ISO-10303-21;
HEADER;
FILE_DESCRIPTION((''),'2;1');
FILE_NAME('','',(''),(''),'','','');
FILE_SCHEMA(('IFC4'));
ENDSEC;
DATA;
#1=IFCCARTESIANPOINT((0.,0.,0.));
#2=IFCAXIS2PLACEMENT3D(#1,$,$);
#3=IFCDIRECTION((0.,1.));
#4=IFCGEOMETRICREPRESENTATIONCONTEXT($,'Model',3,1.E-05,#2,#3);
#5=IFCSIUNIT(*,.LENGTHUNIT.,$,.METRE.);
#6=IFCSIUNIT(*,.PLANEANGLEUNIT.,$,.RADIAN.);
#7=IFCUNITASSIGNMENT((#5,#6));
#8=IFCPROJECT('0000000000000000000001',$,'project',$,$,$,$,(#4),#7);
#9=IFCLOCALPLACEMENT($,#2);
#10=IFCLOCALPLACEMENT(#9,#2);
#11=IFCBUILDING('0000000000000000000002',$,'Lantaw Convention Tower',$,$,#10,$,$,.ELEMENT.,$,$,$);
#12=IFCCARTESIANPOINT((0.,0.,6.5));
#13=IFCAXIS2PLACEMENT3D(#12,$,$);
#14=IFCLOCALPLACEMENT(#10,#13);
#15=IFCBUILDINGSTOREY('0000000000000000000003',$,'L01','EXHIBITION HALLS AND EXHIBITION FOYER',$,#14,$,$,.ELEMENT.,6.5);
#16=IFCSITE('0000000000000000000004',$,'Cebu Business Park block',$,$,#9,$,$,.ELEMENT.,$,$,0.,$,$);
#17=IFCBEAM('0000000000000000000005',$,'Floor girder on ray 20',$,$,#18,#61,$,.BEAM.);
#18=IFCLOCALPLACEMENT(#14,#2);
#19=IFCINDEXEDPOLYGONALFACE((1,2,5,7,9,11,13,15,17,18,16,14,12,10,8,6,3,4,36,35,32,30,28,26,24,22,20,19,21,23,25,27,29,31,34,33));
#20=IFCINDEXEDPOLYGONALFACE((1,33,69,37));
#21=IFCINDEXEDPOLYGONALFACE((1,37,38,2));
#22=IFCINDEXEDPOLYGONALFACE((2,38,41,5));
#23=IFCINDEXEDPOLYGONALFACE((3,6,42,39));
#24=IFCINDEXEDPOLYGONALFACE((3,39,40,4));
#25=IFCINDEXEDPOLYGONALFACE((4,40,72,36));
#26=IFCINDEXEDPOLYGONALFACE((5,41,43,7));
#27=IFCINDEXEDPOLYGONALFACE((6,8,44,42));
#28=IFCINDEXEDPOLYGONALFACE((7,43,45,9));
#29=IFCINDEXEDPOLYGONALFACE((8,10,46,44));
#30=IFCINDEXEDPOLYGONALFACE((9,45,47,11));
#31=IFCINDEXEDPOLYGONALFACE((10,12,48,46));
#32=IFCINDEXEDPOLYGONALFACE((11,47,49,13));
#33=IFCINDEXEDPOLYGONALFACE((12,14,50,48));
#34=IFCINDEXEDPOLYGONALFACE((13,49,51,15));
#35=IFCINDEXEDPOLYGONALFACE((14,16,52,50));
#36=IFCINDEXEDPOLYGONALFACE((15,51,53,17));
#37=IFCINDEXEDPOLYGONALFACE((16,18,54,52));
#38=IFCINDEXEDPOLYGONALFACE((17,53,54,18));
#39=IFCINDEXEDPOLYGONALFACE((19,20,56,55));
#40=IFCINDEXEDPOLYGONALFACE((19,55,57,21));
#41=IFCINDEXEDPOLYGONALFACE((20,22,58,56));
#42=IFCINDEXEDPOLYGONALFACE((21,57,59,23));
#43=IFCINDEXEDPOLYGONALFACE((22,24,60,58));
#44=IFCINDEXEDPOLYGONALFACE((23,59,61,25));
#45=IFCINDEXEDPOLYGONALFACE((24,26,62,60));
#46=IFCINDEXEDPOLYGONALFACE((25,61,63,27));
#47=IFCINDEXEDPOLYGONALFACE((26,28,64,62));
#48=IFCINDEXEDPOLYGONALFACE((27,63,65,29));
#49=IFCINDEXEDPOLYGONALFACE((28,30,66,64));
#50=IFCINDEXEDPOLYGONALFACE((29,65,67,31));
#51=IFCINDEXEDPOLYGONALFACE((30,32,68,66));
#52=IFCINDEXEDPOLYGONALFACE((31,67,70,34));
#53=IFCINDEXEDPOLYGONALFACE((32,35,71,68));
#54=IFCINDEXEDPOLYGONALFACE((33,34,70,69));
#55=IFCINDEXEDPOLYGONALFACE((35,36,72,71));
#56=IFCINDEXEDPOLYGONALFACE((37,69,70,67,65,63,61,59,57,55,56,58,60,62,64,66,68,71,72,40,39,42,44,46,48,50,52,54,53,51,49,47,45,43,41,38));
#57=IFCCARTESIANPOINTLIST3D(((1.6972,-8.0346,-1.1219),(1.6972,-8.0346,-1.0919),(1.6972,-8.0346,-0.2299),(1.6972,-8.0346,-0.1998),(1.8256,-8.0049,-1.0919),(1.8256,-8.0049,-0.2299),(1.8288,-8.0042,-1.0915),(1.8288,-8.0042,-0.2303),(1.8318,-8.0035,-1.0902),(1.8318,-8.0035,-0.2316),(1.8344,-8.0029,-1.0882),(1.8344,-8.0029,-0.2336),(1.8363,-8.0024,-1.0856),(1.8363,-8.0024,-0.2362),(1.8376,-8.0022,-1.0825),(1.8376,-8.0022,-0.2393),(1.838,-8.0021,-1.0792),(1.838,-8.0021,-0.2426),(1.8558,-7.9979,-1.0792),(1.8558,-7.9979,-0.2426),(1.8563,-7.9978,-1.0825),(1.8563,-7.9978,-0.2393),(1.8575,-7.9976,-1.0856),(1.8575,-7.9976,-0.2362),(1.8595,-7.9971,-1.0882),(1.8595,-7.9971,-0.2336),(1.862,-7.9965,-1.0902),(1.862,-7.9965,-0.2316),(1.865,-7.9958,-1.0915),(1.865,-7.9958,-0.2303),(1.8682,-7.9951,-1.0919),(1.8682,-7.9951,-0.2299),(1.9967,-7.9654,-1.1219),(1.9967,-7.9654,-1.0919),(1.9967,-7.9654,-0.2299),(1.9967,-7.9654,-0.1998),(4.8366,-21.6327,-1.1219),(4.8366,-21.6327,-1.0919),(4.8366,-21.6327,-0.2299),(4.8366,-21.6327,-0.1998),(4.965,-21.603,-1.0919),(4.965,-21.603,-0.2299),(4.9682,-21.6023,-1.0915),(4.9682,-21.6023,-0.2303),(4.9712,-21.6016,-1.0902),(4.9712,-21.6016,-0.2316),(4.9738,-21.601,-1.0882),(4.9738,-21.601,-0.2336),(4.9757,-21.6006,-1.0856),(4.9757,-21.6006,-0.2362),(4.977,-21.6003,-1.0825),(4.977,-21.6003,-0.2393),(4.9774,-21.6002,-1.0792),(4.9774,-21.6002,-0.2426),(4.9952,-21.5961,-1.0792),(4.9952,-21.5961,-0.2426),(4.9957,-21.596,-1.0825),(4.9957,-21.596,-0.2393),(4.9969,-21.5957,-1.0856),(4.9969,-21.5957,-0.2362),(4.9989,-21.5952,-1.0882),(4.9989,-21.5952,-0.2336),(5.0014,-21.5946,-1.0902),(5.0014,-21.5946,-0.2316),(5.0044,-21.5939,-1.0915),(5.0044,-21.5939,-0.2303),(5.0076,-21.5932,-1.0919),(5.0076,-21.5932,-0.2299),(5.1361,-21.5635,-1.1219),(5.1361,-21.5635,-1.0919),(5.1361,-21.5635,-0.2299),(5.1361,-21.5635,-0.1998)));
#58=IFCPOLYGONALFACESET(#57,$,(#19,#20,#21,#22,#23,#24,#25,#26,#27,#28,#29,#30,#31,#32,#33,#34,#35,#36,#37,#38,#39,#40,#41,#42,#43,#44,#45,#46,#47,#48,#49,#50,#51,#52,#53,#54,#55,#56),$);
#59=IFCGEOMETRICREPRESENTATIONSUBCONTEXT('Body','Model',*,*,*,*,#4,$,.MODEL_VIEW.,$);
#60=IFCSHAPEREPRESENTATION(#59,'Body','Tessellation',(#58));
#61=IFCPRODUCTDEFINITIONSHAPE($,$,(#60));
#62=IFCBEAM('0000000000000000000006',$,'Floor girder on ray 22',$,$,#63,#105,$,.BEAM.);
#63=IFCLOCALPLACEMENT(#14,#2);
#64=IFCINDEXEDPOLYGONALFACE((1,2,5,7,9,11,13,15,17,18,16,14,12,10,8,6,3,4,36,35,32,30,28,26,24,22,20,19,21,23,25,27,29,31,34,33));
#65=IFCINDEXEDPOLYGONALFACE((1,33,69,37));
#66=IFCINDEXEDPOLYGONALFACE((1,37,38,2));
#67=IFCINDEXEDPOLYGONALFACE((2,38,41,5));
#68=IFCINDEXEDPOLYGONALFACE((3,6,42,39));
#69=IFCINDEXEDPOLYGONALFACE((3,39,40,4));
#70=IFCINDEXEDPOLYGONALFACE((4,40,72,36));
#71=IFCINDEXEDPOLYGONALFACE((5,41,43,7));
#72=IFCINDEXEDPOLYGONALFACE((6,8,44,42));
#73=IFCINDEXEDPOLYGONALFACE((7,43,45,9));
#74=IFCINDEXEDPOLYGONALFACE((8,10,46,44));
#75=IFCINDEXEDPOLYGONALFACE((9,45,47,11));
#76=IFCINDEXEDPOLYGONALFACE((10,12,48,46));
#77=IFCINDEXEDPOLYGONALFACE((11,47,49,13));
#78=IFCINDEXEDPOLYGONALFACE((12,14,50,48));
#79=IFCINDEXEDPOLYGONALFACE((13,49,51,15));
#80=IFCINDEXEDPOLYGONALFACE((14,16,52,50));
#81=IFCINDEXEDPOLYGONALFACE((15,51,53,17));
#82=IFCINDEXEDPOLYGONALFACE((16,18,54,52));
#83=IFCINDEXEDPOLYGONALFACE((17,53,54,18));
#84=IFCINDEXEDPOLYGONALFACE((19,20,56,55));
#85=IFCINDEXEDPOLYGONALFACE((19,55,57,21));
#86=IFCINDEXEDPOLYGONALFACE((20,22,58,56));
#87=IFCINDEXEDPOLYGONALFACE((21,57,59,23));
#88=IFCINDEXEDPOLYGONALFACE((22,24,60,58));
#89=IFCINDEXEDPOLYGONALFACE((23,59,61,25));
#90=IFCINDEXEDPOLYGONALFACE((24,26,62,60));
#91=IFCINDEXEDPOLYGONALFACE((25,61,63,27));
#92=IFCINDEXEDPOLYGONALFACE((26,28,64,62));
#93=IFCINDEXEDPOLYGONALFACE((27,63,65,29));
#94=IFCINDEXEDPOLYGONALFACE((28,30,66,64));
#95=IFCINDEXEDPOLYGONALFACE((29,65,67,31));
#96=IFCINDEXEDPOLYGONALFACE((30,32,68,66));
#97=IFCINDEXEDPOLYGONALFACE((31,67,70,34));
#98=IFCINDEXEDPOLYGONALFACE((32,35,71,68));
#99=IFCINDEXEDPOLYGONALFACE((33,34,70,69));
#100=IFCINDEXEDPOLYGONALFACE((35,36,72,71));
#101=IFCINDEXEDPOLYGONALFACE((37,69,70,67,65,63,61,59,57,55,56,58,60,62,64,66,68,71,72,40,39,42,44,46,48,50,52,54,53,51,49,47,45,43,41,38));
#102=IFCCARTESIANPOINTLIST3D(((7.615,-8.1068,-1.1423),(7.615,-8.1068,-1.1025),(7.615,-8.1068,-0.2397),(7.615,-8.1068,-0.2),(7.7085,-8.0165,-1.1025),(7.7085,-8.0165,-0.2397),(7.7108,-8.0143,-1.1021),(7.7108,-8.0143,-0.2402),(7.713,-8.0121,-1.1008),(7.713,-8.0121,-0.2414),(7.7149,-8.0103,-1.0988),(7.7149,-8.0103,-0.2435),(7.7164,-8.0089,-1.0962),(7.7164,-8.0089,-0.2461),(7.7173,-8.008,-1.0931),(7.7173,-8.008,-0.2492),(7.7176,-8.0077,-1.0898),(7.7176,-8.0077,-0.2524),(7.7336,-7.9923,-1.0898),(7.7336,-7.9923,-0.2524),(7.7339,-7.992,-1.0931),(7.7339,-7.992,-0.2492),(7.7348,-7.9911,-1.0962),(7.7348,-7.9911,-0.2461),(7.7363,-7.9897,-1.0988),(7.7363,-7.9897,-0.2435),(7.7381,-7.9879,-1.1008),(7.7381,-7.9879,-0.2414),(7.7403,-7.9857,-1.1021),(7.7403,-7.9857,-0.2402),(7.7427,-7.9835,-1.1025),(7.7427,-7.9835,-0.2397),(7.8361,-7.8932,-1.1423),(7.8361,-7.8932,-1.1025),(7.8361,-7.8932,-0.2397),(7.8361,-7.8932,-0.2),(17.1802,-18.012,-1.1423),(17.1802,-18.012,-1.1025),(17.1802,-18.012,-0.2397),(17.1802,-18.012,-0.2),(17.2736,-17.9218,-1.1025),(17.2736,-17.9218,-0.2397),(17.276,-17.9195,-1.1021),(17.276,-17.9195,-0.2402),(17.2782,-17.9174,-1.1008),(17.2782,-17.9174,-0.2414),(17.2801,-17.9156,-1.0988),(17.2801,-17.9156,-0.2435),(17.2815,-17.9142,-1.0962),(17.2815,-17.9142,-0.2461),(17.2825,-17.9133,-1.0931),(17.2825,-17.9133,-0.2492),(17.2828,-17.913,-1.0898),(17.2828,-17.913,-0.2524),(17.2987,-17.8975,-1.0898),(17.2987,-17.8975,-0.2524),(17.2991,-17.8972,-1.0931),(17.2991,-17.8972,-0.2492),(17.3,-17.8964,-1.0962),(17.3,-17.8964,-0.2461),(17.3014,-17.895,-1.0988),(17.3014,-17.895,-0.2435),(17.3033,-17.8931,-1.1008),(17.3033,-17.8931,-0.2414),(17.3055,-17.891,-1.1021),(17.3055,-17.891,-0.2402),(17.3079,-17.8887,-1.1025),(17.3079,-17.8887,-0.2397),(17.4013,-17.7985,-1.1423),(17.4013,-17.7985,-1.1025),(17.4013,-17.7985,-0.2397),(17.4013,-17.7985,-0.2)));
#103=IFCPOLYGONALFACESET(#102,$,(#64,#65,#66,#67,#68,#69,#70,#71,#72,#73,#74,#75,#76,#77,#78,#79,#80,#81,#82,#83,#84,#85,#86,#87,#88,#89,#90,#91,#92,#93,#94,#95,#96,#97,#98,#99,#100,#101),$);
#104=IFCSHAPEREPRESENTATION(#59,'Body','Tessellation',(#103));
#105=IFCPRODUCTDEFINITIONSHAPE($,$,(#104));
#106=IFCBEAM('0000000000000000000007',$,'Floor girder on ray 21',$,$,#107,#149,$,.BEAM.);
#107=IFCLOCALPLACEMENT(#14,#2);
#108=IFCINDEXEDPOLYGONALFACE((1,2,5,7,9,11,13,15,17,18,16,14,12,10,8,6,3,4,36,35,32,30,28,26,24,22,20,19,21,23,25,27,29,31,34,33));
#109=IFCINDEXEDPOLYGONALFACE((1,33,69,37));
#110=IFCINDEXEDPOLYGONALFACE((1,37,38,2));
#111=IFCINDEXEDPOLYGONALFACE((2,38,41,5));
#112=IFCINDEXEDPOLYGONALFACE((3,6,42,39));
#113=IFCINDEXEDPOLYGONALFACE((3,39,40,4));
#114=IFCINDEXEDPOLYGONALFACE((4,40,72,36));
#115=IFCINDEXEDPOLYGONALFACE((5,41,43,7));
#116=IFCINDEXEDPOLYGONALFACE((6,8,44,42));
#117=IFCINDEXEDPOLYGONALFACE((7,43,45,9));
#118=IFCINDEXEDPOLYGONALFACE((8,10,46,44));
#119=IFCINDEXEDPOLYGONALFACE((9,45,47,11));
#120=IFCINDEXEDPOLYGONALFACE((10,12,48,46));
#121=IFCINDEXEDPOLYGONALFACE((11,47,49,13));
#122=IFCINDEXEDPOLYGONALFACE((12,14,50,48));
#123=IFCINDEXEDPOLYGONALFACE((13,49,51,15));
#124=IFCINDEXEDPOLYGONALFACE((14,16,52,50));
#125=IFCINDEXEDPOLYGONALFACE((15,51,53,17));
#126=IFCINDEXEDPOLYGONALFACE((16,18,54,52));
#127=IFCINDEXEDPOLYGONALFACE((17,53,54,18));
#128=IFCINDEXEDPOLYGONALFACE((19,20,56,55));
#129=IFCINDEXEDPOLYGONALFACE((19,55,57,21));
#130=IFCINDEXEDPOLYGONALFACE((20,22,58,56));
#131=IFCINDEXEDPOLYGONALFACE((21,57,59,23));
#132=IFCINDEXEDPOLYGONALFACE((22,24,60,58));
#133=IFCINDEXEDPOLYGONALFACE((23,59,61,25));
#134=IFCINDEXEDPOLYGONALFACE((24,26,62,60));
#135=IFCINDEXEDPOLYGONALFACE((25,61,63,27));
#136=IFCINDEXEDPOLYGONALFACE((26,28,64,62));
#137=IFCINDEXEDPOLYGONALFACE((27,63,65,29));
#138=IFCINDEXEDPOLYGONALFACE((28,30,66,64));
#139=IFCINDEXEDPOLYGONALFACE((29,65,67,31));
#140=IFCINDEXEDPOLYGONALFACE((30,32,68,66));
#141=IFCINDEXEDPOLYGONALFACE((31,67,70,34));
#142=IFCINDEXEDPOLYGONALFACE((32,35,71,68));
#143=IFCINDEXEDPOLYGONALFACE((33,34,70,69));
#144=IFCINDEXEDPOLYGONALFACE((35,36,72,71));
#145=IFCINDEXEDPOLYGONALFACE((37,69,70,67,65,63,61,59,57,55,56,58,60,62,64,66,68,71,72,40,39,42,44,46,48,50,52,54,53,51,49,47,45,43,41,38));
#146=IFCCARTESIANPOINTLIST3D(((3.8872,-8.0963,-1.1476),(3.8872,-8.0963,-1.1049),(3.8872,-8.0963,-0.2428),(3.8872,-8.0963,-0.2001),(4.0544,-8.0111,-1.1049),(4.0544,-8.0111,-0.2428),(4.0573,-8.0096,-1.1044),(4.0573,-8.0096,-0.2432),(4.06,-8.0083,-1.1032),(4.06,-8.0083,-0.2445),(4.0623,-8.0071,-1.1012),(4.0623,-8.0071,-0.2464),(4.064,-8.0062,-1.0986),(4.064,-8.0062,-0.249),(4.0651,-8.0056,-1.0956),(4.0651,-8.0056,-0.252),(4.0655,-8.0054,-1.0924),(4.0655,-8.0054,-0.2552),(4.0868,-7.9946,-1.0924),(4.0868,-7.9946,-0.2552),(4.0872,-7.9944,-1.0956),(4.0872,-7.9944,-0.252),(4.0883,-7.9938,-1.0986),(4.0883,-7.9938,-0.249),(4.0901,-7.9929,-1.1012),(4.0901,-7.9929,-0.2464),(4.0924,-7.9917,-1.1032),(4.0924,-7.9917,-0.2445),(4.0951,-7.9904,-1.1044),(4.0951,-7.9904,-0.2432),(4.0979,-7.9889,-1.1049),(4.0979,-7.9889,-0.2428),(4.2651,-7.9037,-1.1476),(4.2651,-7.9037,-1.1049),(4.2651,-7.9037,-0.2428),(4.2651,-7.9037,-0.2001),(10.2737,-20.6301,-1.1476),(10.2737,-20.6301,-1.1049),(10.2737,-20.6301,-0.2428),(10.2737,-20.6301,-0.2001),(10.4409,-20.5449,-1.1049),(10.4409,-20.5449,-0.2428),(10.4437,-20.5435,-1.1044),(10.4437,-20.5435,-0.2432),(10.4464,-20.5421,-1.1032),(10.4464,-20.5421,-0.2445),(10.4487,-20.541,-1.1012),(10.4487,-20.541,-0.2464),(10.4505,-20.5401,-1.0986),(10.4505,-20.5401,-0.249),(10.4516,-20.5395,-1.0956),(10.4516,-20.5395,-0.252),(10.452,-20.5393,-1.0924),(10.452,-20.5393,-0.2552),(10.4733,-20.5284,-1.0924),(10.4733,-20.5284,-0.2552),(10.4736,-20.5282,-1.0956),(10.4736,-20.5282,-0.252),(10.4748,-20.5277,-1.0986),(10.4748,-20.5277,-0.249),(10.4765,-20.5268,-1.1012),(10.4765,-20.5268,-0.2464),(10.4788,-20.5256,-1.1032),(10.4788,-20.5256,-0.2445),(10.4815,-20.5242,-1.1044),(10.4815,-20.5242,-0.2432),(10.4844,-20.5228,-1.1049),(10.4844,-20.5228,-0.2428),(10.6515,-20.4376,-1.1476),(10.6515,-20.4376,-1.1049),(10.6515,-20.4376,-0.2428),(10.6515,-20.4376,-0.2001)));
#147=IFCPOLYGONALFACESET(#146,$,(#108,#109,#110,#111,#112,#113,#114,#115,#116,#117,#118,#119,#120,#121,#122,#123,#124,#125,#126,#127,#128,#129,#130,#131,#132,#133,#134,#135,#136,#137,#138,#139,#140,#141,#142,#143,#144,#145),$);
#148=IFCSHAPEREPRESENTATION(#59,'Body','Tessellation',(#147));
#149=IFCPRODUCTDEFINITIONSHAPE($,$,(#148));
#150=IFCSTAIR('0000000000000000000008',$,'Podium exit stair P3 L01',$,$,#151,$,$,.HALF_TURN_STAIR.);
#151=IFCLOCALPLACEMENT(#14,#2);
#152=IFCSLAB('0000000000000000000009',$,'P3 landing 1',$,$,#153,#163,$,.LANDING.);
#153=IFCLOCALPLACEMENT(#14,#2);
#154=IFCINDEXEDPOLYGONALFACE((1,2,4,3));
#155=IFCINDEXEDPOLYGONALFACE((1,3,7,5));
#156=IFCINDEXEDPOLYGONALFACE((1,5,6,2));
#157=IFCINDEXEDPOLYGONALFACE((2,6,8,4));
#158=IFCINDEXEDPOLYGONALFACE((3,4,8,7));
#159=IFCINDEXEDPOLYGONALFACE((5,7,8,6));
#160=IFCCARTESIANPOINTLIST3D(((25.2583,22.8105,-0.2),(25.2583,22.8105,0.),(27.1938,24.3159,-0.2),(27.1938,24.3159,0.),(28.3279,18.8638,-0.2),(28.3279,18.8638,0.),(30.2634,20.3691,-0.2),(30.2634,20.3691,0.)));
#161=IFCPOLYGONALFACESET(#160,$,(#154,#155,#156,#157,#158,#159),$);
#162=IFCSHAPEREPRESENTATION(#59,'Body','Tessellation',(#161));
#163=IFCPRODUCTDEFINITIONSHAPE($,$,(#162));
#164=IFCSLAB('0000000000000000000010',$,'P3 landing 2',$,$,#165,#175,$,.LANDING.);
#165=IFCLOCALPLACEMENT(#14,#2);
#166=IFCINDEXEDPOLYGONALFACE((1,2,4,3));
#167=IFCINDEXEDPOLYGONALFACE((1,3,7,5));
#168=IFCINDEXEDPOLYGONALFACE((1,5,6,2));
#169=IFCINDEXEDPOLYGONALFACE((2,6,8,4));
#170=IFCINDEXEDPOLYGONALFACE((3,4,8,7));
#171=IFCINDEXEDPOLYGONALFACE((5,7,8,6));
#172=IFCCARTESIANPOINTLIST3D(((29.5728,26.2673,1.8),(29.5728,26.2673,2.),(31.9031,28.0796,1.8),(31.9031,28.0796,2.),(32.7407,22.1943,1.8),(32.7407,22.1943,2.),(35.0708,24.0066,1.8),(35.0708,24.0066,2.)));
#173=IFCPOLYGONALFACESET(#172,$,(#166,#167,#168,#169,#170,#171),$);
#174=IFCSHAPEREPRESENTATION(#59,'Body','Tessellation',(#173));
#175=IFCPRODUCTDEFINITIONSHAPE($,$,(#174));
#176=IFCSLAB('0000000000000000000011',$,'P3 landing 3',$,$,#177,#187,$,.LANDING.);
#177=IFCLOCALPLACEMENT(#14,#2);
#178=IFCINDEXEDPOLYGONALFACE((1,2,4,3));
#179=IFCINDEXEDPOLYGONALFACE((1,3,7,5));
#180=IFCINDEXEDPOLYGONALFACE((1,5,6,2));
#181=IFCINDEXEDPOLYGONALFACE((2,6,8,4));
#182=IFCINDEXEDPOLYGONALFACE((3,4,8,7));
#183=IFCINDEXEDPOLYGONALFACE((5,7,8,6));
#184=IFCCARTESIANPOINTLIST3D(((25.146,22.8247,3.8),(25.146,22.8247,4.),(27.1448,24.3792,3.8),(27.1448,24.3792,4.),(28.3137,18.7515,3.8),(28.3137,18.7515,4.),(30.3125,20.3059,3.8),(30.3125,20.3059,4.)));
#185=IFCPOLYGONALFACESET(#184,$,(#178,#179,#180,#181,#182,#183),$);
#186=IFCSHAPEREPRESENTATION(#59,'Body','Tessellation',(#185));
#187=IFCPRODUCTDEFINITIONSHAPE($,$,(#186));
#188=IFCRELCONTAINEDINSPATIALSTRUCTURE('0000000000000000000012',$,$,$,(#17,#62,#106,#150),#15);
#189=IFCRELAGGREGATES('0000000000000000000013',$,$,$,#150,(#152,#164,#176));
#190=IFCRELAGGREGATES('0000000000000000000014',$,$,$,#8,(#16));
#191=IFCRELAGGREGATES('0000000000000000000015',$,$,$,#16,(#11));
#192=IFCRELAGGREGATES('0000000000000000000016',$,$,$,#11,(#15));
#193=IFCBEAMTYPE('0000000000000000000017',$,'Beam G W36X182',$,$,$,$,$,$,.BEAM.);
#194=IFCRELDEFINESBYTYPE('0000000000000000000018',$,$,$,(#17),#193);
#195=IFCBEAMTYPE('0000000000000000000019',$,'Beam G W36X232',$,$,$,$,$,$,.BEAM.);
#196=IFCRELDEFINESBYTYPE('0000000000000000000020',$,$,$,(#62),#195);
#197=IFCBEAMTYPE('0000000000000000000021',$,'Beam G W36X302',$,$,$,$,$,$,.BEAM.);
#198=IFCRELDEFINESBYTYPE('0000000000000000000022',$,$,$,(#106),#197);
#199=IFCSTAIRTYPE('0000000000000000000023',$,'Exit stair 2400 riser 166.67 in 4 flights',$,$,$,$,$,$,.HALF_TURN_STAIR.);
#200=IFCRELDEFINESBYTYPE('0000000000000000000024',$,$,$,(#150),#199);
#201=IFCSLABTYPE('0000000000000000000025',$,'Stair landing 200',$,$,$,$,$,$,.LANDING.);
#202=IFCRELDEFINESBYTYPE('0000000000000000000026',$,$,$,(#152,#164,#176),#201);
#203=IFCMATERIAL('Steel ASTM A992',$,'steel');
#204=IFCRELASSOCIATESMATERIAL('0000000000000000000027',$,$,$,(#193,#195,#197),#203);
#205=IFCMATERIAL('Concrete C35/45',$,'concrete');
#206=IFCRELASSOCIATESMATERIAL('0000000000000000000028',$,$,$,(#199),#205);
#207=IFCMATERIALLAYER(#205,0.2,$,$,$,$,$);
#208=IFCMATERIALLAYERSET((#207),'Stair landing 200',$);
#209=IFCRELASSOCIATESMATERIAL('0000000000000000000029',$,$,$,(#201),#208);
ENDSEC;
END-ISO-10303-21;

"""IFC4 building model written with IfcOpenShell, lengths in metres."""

from ifc_helpers import new_model, si_unit, direction, frame, origin, origin_2d, place, context, subcontext, project, spatial, polyline, i_section, outline, extrude, material, layer, layer_set, material_profile, profile_set, type_object, element, aggregate, save


model = new_model("IFC4")

# Units and contexts
model_context = context("Model", 3, precision=1e-05, world=origin(), true_north=direction((0.0, 1.0)))
body_context = subcontext(model_context, "Body", "Model", "MODEL_VIEW")
ifc_project = project(units=[si_unit("LENGTHUNIT", "METRE"), si_unit("PLANEANGLEUNIT", "RADIAN")], contexts=[model_context])

# Site, building, storey
site_placement = place(None, origin())
site = spatial("IfcSite", under=ifc_project, at=site_placement, Name="Cebu Business Park block", CompositionType="ELEMENT", RefElevation=0.0)
building_placement = place(site_placement, origin())
building = spatial("IfcBuilding", under=site, at=building_placement, Name="Lantaw Convention Tower", CompositionType="ELEMENT")
storey_placement = place(building_placement, frame((0.0, 0.0, 6.5)))
storey = spatial("IfcBuildingStorey", under=building, at=storey_placement, Name="L01", Description="EXHIBITION HALLS AND EXHIBITION FOYER", CompositionType="ELEMENT", Elevation=6.5)

# Beams
ifc_material_1 = material(Name="Steel ASTM A992", Category="steel")
ifc_material_profile_1 = material_profile(ifc_material_1, i_section(OverallWidth=0.3074, OverallDepth=0.9221, WebThickness=0.0183, FlangeThickness=0.03, FilletRadius=0.0127, at=origin_2d()), Name="W36X182")
ifc_profile_set_1 = profile_set([ifc_material_profile_1], Name="Steel ASTM A992")
beam_type_1 = type_object("IfcBeamType", Name="Beam G W36X182", PredefinedType="BEAM", material=ifc_profile_set_1)
beam_1_placement = place(storey_placement, frame((1.8469, -8.0, -0.6609), z_axis=(0.224953, -0.97437, 0.0), x_axis=(0.97437, 0.224953, 0.0)))
element("IfcBeam", 1, at=beam_1_placement, inside=storey, type_object=beam_type_1, Name="Floor girder on ray 20", PredefinedType="BEAM", context=body_context, shape_type="SweptSolid", body=[
    extrude(i_section(OverallWidth=0.3074, OverallDepth=0.9221, WebThickness=0.0183, FlangeThickness=0.03, FilletRadius=0.0127, at=origin_2d()), origin(), (0.0, 0.0, 1.0), 13.9558),
])
ifc_material_profile_2 = material_profile(ifc_material_1, i_section(OverallWidth=0.3074, OverallDepth=0.9424, WebThickness=0.0222, FlangeThickness=0.0398, FilletRadius=0.0127, at=origin_2d()), Name="W36X232")
ifc_profile_set_2 = profile_set([ifc_material_profile_2], Name="Steel ASTM A992")
beam_type_2 = type_object("IfcBeamType", Name="Beam G W36X232", PredefinedType="BEAM", material=ifc_profile_set_2)
beam_2_placement = place(storey_placement, frame((7.7256, -8.0, -0.6711), z_axis=(0.69465, -0.719348, 0.0), x_axis=(0.719348, 0.69465, 0.0)))
element("IfcBeam", 2, at=beam_2_placement, inside=storey, type_object=beam_type_2, Name="Floor girder on ray 22", PredefinedType="BEAM", context=body_context, shape_type="SweptSolid", body=[
    extrude(i_section(OverallWidth=0.3074, OverallDepth=0.9424, WebThickness=0.0222, FlangeThickness=0.0398, FilletRadius=0.0127, at=origin_2d()), origin(), (0.0, 0.0, 1.0), 13.7698),
])
ifc_material_profile_3 = material_profile(ifc_material_1, i_section(OverallWidth=0.4241, OverallDepth=0.9475, WebThickness=0.0239, FlangeThickness=0.0427, FilletRadius=0.0125, at=origin_2d()), Name="W36X302")
ifc_profile_set_3 = profile_set([ifc_material_profile_3], Name="Steel ASTM A992")
beam_type_3 = type_object("IfcBeamType", Name="Beam G W36X302", PredefinedType="BEAM", material=ifc_profile_set_3)
beam_3_placement = place(storey_placement, frame((4.0762, -8.0, -0.6738), z_axis=(0.453997, -0.891003, 0.0), x_axis=(0.891003, 0.453997, 0.0)))
element("IfcBeam", 3, at=beam_3_placement, inside=storey, type_object=beam_type_3, Name="Floor girder on ray 21", PredefinedType="BEAM", context=body_context, shape_type="SweptSolid", body=[
    extrude(i_section(OverallWidth=0.4241, OverallDepth=0.9475, WebThickness=0.0239, FlangeThickness=0.0427, FilletRadius=0.0125, at=origin_2d()), origin(), (0.0, 0.0, 1.0), 14.0671),
])

# Stair, slabs
ifc_material_2 = material(Name="Concrete C35/45", Category="concrete")
stair_type = type_object("IfcStairType", Name="Exit stair 2400 riser 166.67 in 4 flights", PredefinedType="HALF_TURN_STAIR", material=ifc_material_2)
stair_1_placement = place(storey_placement, origin())
stair_1 = element("IfcStair", 4, at=stair_1_placement, inside=storey, type_object=stair_type, Name="Podium exit stair P3 L01", PredefinedType="HALF_TURN_STAIR")
ifc_layer_1 = layer(ifc_material_2, 0.2)
ifc_layer_set_1 = layer_set([ifc_layer_1], Name="Stair landing 200")
slab_type = type_object("IfcSlabType", Name="Stair landing 200", PredefinedType="LANDING", material=ifc_layer_set_1)
slab_1_placement = place(storey_placement, frame((0.0, 0.0, -0.2)))
slab_1 = element("IfcSlab", 5, at=slab_1_placement, type_object=slab_type, Name="P3 landing 1", PredefinedType="LANDING", context=body_context, shape_type="SweptSolid", body=[
    extrude(outline(polyline([(28.3279, 18.8638), (30.2634, 20.3691), (27.1938, 24.3159), (25.2583, 22.8105), (28.3279, 18.8638)])), origin(), (0.0, 0.0, 1.0), 0.2),
])
slab_2_placement = place(storey_placement, frame((0.0, 0.0, 1.8)))
slab_2 = element("IfcSlab", 6, at=slab_2_placement, type_object=slab_type, Name="P3 landing 2", PredefinedType="LANDING", context=body_context, shape_type="SweptSolid", body=[
    extrude(outline(polyline([(32.7407, 22.1943), (35.0708, 24.0066), (31.9031, 28.0796), (29.5728, 26.2673), (32.7407, 22.1943)])), origin(), (0.0, 0.0, 1.0), 0.2),
])
slab_3_placement = place(storey_placement, frame((0.0, 0.0, 3.8)))
slab_3 = element("IfcSlab", 7, at=slab_3_placement, type_object=slab_type, Name="P3 landing 3", PredefinedType="LANDING", context=body_context, shape_type="SweptSolid", body=[
    extrude(outline(polyline([(28.3137, 18.7515), (30.3125, 20.3059), (27.1448, 24.3792), (25.146, 22.8247), (28.3137, 18.7515)])), origin(), (0.0, 0.0, 1.0), 0.2),
])
aggregate(stair_1, [slab_1, slab_2, slab_3])

save(model, "model.ifc")
